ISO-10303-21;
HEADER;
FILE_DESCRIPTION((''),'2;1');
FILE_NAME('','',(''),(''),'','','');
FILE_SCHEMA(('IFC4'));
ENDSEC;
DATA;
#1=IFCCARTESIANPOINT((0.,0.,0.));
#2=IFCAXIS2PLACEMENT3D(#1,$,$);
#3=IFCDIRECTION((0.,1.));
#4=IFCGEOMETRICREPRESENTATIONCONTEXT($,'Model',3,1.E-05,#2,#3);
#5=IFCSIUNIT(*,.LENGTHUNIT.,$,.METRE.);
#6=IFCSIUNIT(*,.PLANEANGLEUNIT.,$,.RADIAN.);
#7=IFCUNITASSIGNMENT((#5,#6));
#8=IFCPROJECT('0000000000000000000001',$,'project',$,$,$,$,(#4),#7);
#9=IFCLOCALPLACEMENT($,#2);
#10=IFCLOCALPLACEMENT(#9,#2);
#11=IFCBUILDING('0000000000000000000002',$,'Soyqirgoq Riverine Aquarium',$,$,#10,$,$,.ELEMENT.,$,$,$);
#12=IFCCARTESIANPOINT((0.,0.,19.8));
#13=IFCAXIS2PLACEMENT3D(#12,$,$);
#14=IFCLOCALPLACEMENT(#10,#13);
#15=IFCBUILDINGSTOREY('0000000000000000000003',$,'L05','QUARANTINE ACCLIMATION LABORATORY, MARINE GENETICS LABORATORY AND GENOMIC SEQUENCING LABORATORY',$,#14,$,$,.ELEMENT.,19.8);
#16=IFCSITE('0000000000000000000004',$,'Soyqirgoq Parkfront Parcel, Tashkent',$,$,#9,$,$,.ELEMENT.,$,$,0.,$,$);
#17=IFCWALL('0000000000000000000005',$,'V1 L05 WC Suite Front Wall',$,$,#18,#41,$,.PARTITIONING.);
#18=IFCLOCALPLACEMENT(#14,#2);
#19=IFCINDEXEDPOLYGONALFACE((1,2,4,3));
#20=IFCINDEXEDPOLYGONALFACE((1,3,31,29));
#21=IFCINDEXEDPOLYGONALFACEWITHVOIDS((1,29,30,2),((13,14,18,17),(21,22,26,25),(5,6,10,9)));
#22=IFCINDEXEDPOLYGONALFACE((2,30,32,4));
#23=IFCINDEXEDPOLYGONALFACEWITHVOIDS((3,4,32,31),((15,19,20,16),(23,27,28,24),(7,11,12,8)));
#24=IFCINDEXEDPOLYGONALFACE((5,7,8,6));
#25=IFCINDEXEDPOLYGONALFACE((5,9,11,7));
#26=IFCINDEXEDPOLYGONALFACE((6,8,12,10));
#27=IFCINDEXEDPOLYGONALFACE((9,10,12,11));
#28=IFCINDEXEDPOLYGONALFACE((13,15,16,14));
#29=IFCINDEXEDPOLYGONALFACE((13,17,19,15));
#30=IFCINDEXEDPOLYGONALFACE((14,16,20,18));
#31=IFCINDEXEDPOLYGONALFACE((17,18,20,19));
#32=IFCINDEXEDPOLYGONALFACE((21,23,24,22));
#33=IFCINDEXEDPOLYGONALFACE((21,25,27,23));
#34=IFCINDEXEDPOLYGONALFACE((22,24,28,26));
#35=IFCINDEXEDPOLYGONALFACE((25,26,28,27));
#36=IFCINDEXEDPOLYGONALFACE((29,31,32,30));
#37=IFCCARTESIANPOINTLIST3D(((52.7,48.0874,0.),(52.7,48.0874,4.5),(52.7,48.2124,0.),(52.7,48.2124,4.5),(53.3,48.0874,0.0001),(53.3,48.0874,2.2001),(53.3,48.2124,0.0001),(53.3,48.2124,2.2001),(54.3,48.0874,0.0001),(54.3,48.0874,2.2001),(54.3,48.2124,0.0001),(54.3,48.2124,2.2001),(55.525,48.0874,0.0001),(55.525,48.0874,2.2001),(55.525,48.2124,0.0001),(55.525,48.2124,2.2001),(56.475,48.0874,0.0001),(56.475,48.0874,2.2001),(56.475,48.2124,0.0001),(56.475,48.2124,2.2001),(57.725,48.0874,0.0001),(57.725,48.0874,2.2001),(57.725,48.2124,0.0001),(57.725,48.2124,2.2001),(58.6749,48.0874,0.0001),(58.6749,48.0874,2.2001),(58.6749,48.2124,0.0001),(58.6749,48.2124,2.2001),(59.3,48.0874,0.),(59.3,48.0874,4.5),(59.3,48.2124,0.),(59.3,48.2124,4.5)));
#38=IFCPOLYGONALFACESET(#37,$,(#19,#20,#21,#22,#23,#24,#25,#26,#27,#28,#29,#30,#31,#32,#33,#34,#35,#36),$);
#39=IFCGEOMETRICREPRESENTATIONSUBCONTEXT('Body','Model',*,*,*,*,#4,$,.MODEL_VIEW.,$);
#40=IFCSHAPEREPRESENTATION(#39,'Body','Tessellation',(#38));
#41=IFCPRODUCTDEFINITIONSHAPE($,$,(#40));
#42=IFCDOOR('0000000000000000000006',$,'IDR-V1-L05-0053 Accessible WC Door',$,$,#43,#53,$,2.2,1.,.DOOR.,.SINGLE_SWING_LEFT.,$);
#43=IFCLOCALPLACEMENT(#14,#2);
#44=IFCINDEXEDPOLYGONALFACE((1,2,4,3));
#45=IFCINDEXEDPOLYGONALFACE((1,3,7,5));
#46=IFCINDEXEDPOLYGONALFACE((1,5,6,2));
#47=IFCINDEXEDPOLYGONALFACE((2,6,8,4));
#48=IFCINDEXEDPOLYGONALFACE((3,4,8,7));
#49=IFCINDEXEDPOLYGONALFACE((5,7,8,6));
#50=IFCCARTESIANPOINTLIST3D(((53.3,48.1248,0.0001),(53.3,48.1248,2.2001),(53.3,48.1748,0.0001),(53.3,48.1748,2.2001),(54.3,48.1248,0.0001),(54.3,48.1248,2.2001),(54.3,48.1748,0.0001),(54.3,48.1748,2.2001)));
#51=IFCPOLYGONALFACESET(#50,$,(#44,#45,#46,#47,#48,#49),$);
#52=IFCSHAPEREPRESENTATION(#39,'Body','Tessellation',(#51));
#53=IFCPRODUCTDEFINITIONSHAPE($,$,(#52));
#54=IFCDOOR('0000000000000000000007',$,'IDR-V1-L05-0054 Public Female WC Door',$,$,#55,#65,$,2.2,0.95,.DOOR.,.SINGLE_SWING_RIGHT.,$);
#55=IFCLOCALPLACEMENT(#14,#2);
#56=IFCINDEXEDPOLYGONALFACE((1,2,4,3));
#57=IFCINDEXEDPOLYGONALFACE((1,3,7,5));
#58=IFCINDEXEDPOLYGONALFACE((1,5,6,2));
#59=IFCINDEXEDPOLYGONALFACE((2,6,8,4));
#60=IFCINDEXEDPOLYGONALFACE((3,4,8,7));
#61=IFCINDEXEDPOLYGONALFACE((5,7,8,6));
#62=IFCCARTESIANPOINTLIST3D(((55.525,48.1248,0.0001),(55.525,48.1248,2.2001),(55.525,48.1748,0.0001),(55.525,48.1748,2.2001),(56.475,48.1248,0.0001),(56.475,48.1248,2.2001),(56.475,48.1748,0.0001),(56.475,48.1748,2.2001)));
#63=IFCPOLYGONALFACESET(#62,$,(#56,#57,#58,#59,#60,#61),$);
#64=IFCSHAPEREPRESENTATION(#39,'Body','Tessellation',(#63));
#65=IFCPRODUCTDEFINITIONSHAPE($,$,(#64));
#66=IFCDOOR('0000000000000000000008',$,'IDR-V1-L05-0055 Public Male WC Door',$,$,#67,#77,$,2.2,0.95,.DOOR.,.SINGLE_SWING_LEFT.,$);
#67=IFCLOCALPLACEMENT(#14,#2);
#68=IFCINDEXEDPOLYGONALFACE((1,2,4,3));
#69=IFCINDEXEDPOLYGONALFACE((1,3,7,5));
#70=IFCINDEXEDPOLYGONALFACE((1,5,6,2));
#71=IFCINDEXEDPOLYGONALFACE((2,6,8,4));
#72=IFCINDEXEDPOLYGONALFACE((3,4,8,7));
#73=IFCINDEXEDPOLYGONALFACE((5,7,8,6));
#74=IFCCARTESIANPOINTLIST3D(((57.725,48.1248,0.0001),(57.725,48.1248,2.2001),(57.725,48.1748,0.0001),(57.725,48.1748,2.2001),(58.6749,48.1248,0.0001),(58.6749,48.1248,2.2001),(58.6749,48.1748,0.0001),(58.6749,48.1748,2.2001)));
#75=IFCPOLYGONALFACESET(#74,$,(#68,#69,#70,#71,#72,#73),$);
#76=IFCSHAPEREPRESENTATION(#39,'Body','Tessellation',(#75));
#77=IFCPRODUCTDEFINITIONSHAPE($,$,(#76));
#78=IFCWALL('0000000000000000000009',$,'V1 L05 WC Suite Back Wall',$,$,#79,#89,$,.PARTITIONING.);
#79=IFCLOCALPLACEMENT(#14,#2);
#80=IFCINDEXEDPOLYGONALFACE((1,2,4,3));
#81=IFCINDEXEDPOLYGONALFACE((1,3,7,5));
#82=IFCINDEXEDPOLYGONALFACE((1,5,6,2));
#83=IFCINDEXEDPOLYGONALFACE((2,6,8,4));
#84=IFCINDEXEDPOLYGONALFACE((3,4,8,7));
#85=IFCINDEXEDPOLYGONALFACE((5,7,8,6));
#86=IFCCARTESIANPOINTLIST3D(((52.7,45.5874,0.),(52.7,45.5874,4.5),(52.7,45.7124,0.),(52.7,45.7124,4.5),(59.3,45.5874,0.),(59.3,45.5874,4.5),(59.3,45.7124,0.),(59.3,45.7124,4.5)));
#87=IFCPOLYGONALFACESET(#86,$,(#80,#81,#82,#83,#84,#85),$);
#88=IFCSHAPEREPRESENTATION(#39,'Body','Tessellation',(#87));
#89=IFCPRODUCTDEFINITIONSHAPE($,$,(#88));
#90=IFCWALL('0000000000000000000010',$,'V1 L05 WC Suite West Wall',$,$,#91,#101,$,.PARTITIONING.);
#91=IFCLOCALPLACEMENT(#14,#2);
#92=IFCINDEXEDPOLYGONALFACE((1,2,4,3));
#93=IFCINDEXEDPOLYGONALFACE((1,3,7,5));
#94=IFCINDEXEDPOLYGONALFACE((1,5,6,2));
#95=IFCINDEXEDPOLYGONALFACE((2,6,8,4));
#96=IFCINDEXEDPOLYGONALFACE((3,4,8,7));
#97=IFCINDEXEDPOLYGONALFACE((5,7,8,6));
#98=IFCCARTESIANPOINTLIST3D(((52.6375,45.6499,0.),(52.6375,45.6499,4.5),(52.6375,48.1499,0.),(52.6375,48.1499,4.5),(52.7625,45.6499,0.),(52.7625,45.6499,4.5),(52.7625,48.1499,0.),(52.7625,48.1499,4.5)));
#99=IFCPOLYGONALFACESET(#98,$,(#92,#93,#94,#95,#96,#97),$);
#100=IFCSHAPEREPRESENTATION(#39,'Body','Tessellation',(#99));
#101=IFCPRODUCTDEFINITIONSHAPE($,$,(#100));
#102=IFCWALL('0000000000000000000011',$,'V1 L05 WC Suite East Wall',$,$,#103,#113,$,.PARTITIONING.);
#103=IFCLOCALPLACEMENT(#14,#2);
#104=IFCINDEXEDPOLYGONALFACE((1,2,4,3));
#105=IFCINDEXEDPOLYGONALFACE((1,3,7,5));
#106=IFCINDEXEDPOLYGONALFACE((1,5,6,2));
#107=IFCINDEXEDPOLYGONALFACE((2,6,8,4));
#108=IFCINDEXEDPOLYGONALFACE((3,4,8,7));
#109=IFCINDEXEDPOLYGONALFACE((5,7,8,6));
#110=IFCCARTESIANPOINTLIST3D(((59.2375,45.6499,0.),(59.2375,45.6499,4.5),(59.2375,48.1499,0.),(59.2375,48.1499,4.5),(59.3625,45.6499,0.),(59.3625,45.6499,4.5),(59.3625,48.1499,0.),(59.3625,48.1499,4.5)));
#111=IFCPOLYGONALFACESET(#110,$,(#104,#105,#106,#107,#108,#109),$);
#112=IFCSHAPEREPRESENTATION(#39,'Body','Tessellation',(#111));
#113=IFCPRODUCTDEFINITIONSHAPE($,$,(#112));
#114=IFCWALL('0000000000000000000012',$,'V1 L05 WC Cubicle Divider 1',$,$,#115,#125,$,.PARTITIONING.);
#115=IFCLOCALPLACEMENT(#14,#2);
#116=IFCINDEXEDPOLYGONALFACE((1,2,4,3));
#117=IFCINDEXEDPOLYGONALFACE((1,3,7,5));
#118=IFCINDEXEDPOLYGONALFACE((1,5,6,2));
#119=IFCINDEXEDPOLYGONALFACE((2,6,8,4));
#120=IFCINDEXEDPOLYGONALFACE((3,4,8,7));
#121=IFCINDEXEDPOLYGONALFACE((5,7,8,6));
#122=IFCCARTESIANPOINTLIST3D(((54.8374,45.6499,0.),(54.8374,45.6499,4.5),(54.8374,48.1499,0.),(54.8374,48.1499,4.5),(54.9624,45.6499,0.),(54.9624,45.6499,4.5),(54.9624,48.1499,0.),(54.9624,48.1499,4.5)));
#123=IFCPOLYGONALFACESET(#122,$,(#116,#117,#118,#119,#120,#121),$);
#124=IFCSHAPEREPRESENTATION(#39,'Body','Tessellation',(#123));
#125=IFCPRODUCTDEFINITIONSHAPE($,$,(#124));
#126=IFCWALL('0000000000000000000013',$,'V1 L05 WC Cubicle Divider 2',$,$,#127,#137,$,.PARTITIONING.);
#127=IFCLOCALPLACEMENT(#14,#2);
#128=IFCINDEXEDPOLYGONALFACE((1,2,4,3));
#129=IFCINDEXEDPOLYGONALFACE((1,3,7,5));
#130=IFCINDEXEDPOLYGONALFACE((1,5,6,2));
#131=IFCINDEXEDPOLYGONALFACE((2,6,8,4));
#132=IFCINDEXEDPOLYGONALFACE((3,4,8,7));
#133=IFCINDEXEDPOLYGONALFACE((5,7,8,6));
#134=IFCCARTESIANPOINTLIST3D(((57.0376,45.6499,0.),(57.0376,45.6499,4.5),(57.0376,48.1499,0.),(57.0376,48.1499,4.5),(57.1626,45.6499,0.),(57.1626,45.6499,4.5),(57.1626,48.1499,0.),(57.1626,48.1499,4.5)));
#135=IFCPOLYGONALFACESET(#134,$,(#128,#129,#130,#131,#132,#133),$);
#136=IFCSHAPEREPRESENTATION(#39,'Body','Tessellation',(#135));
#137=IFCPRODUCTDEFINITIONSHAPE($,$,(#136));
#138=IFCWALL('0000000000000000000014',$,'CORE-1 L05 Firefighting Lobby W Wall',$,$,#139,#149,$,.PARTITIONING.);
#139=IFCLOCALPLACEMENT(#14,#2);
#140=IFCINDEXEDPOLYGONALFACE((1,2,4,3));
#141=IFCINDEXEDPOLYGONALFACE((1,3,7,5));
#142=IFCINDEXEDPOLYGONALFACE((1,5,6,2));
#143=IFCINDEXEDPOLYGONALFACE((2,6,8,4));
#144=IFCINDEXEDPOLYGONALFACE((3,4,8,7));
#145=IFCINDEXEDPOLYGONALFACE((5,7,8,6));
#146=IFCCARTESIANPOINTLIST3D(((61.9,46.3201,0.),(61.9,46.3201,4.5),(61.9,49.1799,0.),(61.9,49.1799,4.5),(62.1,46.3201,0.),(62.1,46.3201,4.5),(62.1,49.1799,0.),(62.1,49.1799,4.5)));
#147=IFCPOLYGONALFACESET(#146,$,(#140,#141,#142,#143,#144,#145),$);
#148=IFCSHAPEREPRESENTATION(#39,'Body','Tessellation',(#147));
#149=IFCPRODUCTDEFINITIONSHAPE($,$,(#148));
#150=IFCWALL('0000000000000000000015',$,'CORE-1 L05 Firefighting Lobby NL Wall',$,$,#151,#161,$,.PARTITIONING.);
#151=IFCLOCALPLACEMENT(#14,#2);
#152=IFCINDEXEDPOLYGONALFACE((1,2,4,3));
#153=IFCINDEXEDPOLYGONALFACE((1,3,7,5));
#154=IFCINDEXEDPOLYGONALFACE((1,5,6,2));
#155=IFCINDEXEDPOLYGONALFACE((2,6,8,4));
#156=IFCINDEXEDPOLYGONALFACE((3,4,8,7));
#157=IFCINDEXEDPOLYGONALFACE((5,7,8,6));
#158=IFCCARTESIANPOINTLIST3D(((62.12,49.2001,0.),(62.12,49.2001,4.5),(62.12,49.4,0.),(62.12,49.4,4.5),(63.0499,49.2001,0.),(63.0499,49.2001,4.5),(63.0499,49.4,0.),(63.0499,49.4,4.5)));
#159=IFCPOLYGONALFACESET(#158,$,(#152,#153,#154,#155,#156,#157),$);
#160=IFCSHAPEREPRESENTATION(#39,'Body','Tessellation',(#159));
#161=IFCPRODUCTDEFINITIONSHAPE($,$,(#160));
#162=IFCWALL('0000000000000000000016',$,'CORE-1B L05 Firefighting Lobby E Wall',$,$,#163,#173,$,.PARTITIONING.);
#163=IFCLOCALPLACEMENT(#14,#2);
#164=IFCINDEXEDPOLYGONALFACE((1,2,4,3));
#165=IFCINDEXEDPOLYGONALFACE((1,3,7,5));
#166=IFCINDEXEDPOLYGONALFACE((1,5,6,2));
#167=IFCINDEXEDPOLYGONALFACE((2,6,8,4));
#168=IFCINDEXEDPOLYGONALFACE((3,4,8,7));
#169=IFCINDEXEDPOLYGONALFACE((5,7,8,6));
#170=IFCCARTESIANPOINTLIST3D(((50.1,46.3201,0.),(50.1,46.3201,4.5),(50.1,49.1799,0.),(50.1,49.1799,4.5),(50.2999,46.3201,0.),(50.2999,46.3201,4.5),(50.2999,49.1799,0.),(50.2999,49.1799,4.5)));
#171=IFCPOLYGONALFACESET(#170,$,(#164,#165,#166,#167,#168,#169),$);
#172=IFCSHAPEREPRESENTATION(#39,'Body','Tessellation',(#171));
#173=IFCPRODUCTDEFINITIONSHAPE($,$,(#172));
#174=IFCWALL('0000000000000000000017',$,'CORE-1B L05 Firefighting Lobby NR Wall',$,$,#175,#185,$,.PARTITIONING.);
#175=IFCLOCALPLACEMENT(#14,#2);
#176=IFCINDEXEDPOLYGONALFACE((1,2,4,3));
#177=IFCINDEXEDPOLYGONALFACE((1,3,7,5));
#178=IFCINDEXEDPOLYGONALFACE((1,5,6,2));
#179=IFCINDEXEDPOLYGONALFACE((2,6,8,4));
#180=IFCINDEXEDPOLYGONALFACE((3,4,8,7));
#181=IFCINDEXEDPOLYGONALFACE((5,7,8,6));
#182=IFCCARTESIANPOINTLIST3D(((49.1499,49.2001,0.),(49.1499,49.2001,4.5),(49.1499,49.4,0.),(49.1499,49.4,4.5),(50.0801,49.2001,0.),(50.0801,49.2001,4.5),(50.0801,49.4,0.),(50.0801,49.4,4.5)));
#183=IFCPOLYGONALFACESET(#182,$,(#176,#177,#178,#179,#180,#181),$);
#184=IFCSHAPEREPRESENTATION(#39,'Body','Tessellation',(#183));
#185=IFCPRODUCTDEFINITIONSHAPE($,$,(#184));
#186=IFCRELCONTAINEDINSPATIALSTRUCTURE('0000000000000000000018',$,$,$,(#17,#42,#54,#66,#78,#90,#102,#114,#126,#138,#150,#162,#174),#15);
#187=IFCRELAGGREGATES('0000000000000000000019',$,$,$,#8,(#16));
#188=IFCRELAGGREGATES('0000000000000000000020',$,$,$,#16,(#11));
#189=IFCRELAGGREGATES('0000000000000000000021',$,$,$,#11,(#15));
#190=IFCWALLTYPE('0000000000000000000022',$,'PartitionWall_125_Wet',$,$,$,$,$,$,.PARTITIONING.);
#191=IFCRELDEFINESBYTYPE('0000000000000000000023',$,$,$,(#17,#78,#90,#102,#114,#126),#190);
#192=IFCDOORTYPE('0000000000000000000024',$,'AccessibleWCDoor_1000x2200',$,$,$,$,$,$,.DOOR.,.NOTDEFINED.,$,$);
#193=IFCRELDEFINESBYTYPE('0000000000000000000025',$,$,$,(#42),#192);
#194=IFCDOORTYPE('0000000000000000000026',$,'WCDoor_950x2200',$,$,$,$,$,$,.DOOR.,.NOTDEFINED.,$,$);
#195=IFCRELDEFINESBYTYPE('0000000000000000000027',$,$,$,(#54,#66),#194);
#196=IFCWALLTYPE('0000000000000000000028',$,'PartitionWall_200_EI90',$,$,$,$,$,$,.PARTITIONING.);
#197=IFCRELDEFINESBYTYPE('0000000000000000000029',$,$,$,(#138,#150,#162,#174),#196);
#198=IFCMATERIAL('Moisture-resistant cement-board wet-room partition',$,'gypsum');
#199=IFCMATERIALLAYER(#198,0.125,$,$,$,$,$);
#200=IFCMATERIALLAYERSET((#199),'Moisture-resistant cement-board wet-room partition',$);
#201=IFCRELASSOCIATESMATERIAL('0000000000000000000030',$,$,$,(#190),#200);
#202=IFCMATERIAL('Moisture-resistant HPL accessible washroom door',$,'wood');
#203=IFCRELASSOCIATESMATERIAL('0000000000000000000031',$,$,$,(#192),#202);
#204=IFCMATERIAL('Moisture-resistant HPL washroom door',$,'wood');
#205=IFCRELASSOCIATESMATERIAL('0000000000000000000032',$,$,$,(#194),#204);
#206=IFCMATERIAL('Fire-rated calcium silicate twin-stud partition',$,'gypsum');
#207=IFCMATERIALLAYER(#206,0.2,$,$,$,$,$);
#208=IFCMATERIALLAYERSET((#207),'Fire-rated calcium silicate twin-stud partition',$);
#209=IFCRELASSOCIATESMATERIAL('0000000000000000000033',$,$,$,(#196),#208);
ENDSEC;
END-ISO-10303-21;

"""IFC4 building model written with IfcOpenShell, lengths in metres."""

from ifc_helpers import new_model, si_unit, direction, frame, frame_2d, origin, place, context, subcontext, project, spatial, rectangle, extrude, material, layer, layer_set, type_object, element, fill, save


model = new_model("IFC4")

# Units and contexts
model_context = context("Model", 3, precision=1e-05, world=origin(), true_north=direction((0.0, 1.0)))
body_context = subcontext(model_context, "Body", "Model", "MODEL_VIEW")
ifc_project = project(units=[si_unit("LENGTHUNIT", "METRE"), si_unit("PLANEANGLEUNIT", "RADIAN")], contexts=[model_context])

# Site, building, storey
site_placement = place(None, origin())
site = spatial("IfcSite", under=ifc_project, at=site_placement, Name="Soyqirgoq Parkfront Parcel, Tashkent", CompositionType="ELEMENT", RefElevation=0.0)
building_placement = place(site_placement, origin())
building = spatial("IfcBuilding", under=site, at=building_placement, Name="Soyqirgoq Riverine Aquarium", CompositionType="ELEMENT")
storey_placement = place(building_placement, frame((0.0, 0.0, 19.8)))
storey = spatial("IfcBuildingStorey", under=building, at=storey_placement, Name="L05", Description="QUARANTINE ACCLIMATION LABORATORY, MARINE GENETICS LABORATORY AND GENOMIC SEQUENCING LABORATORY", CompositionType="ELEMENT", Elevation=19.8)

# Wall, openings, doors
ifc_material_1 = material(Name="Moisture-resistant cement-board wet-room partition", Category="gypsum")
ifc_layer_1 = layer(ifc_material_1, 0.125)
ifc_layer_set_1 = layer_set([ifc_layer_1], Name="Moisture-resistant cement-board wet-room partition")
wall_type_1 = type_object("IfcWallType", Name="PartitionWall_125_Wet", PredefinedType="PARTITIONING", material=ifc_layer_set_1)
wall_1_placement = place(storey_placement, frame((52.7, 48.1499, 0.0), z_axis=(0.0, 0.0, 1.0), x_axis=(1.0, 0.0, 0.0)))
wall_1 = element("IfcWall", 1, at=wall_1_placement, inside=storey, type_object=wall_type_1, Name="V1 L05 WC Suite Front Wall", PredefinedType="PARTITIONING", context=body_context, shape_type="SweptSolid", body=[
    extrude(rectangle(XDim=6.6001, YDim=0.125, at=frame_2d((3.3, 0.0))), origin(), (0.0, 0.0, 1.0), 4.5),
])
opening_1_placement = place(wall_1_placement, frame((0.6001, 0.0, 0.0)))
opening_1 = element("IfcOpeningElement", 2, at=opening_1_placement, cuts=wall_1, PredefinedType="OPENING", context=body_context, shape_type="SweptSolid", body=[
    extrude(rectangle(XDim=1.0, YDim=2.2, at=frame_2d((0.5, 1.1001))), frame((0.0, 0.0725, 0.0), z_axis=(0.0, -1.0, 0.0), x_axis=(1.0, 0.0, 0.0)), (0.0, 0.0, 1.0), 0.145),
])
opening_2_placement = place(wall_1_placement, frame((2.825, 0.0, 0.0)))
opening_2 = element("IfcOpeningElement", 3, at=opening_2_placement, cuts=wall_1, PredefinedType="OPENING", context=body_context, shape_type="SweptSolid", body=[
    extrude(rectangle(XDim=0.95, YDim=2.2, at=frame_2d((0.4751, 1.1001))), frame((0.0, 0.0725, 0.0), z_axis=(0.0, -1.0, 0.0), x_axis=(1.0, 0.0, 0.0)), (0.0, 0.0, 1.0), 0.145),
])
opening_3_placement = place(wall_1_placement, frame((5.0249, 0.0, 0.0)))
opening_3 = element("IfcOpeningElement", 4, at=opening_3_placement, cuts=wall_1, PredefinedType="OPENING", context=body_context, shape_type="SweptSolid", body=[
    extrude(rectangle(XDim=0.95, YDim=2.2, at=frame_2d((0.4751, 1.1001))), frame((0.0, 0.0725, 0.0), z_axis=(0.0, -1.0, 0.0), x_axis=(1.0, 0.0, 0.0)), (0.0, 0.0, 1.0), 0.145),
])
ifc_material_2 = material(Name="Moisture-resistant HPL accessible washroom door", Category="wood")
door_type_1 = type_object("IfcDoorType", Name="AccessibleWCDoor_1000x2200", OperationType="NOTDEFINED", PredefinedType="DOOR", material=ifc_material_2)
door_1_placement = place(opening_1_placement, origin())
door_1 = element("IfcDoor", 5, at=door_1_placement, inside=storey, type_object=door_type_1, Name="IDR-V1-L05-0053 Accessible WC Door", OperationType="SINGLE_SWING_LEFT", OverallHeight=2.2, OverallWidth=1.0, PredefinedType="DOOR", context=body_context, shape_type="SweptSolid", body=[
    extrude(rectangle(XDim=1.0, YDim=2.2, at=frame_2d((0.5, 1.1001))), frame((0.0, 0.0249, 0.0), z_axis=(0.0, -1.0, 0.0), x_axis=(1.0, 0.0, 0.0)), (0.0, 0.0, 1.0), 0.05),
])
fill(opening_1, door_1)
ifc_material_3 = material(Name="Moisture-resistant HPL washroom door", Category="wood")
door_type_2 = type_object("IfcDoorType", Name="WCDoor_950x2200", OperationType="NOTDEFINED", PredefinedType="DOOR", material=ifc_material_3)
door_2_placement = place(opening_2_placement, origin())
door_2 = element("IfcDoor", 6, at=door_2_placement, inside=storey, type_object=door_type_2, Name="IDR-V1-L05-0054 Public Female WC Door", OperationType="SINGLE_SWING_RIGHT", OverallHeight=2.2, OverallWidth=0.95, PredefinedType="DOOR", context=body_context, shape_type="SweptSolid", body=[
    extrude(rectangle(XDim=0.95, YDim=2.2, at=frame_2d((0.4751, 1.1001))), frame((0.0, 0.0249, 0.0), z_axis=(0.0, -1.0, 0.0), x_axis=(1.0, 0.0, 0.0)), (0.0, 0.0, 1.0), 0.05),
])
fill(opening_2, door_2)
door_3_placement = place(opening_3_placement, origin())
door_3 = element("IfcDoor", 7, at=door_3_placement, inside=storey, type_object=door_type_2, Name="IDR-V1-L05-0055 Public Male WC Door", OperationType="SINGLE_SWING_LEFT", OverallHeight=2.2, OverallWidth=0.95, PredefinedType="DOOR", context=body_context, shape_type="SweptSolid", body=[
    extrude(rectangle(XDim=0.95, YDim=2.2, at=frame_2d((0.4751, 1.1001))), frame((0.0, 0.0249, 0.0), z_axis=(0.0, -1.0, 0.0), x_axis=(1.0, 0.0, 0.0)), (0.0, 0.0, 1.0), 0.05),
])
fill(opening_3, door_3)

# Walls
wall_2_placement = place(storey_placement, frame((52.7, 45.6499, 0.0), z_axis=(0.0, 0.0, 1.0), x_axis=(1.0, 0.0, 0.0)))
element("IfcWall", 8, at=wall_2_placement, inside=storey, type_object=wall_type_1, Name="V1 L05 WC Suite Back Wall", PredefinedType="PARTITIONING", context=body_context, shape_type="SweptSolid", body=[
    extrude(rectangle(XDim=6.6001, YDim=0.125, at=frame_2d((3.3, 0.0))), origin(), (0.0, 0.0, 1.0), 4.5),
])
for number, where, z_axis, x_axis, name in (
    (9, (52.7, 45.6499, 0.0), (0.0, 0.0, 1.0), (0.0, 1.0, 0.0), "V1 L05 WC Suite West Wall"),
    (10, (59.3, 45.6499, 0.0), (0.0, 0.0, 1.0), (0.0, 1.0, 0.0), "V1 L05 WC Suite East Wall"),
    (11, (54.8999, 45.6499, 0.0), (0.0, 0.0, 1.0), (0.0, 1.0, 0.0), "V1 L05 WC Cubicle Divider 1"),
    (12, (57.1001, 45.6499, 0.0), (0.0, 0.0, 1.0), (0.0, 1.0, 0.0), "V1 L05 WC Cubicle Divider 2"),
):
    element("IfcWall", number, at=place(storey_placement, frame(where, z_axis=z_axis, x_axis=x_axis)), inside=storey, type_object=wall_type_1, Name=name, PredefinedType="PARTITIONING", context=body_context, shape_type="SweptSolid", body=[
        extrude(rectangle(XDim=2.5, YDim=0.125, at=frame_2d((1.25, 0.0))), origin(), (0.0, 0.0, 1.0), 4.5),
    ])

# Shared definitions
ifc_material_4 = material(Name="Fire-rated calcium silicate twin-stud partition", Category="gypsum")
ifc_layer_2 = layer(ifc_material_4, 0.2)
ifc_layer_set_2 = layer_set([ifc_layer_2], Name="Fire-rated calcium silicate twin-stud partition")
wall_type_2 = type_object("IfcWallType", Name="PartitionWall_200_EI90", PredefinedType="PARTITIONING", material=ifc_layer_set_2)

# Walls
wall_3_placement = place(storey_placement, frame((62.0, 46.3201, 0.0), z_axis=(0.0, 0.0, 1.0), x_axis=(0.0, 1.0, 0.0)))
element("IfcWall", 13, at=wall_3_placement, inside=storey, type_object=wall_type_2, Name="CORE-1 L05 Firefighting Lobby W Wall", PredefinedType="PARTITIONING", context=body_context, shape_type="SweptSolid", body=[
    extrude(rectangle(XDim=2.8599, YDim=0.2, at=frame_2d((1.4299, 0.0))), origin(), (0.0, 0.0, 1.0), 4.5),
])
wall_4_placement = place(storey_placement, frame((62.1201, 49.3, 0.0), z_axis=(0.0, 0.0, 1.0), x_axis=(1.0, 0.0, 0.0)))
element("IfcWall", 14, at=wall_4_placement, inside=storey, type_object=wall_type_2, Name="CORE-1 L05 Firefighting Lobby NL Wall", PredefinedType="PARTITIONING", context=body_context, shape_type="SweptSolid", body=[
    extrude(rectangle(XDim=0.9299, YDim=0.2, at=frame_2d((0.4648, 0.0))), origin(), (0.0, 0.0, 1.0), 4.5),
])
wall_5_placement = place(storey_placement, frame((50.2, 46.3201, 0.0), z_axis=(0.0, 0.0, 1.0), x_axis=(0.0, 1.0, 0.0)))
element("IfcWall", 15, at=wall_5_placement, inside=storey, type_object=wall_type_2, Name="CORE-1B L05 Firefighting Lobby E Wall", PredefinedType="PARTITIONING", context=body_context, shape_type="SweptSolid", body=[
    extrude(rectangle(XDim=2.8599, YDim=0.2, at=frame_2d((1.4299, 0.0))), origin(), (0.0, 0.0, 1.0), 4.5),
])
wall_6_placement = place(storey_placement, frame((49.1499, 49.3, 0.0), z_axis=(0.0, 0.0, 1.0), x_axis=(1.0, 0.0, 0.0)))
element("IfcWall", 16, at=wall_6_placement, inside=storey, type_object=wall_type_2, Name="CORE-1B L05 Firefighting Lobby NR Wall", PredefinedType="PARTITIONING", context=body_context, shape_type="SweptSolid", body=[
    extrude(rectangle(XDim=0.9302, YDim=0.2, at=frame_2d((0.4651, 0.0))), origin(), (0.0, 0.0, 1.0), 4.5),
])

save(model, "model.ifc")
